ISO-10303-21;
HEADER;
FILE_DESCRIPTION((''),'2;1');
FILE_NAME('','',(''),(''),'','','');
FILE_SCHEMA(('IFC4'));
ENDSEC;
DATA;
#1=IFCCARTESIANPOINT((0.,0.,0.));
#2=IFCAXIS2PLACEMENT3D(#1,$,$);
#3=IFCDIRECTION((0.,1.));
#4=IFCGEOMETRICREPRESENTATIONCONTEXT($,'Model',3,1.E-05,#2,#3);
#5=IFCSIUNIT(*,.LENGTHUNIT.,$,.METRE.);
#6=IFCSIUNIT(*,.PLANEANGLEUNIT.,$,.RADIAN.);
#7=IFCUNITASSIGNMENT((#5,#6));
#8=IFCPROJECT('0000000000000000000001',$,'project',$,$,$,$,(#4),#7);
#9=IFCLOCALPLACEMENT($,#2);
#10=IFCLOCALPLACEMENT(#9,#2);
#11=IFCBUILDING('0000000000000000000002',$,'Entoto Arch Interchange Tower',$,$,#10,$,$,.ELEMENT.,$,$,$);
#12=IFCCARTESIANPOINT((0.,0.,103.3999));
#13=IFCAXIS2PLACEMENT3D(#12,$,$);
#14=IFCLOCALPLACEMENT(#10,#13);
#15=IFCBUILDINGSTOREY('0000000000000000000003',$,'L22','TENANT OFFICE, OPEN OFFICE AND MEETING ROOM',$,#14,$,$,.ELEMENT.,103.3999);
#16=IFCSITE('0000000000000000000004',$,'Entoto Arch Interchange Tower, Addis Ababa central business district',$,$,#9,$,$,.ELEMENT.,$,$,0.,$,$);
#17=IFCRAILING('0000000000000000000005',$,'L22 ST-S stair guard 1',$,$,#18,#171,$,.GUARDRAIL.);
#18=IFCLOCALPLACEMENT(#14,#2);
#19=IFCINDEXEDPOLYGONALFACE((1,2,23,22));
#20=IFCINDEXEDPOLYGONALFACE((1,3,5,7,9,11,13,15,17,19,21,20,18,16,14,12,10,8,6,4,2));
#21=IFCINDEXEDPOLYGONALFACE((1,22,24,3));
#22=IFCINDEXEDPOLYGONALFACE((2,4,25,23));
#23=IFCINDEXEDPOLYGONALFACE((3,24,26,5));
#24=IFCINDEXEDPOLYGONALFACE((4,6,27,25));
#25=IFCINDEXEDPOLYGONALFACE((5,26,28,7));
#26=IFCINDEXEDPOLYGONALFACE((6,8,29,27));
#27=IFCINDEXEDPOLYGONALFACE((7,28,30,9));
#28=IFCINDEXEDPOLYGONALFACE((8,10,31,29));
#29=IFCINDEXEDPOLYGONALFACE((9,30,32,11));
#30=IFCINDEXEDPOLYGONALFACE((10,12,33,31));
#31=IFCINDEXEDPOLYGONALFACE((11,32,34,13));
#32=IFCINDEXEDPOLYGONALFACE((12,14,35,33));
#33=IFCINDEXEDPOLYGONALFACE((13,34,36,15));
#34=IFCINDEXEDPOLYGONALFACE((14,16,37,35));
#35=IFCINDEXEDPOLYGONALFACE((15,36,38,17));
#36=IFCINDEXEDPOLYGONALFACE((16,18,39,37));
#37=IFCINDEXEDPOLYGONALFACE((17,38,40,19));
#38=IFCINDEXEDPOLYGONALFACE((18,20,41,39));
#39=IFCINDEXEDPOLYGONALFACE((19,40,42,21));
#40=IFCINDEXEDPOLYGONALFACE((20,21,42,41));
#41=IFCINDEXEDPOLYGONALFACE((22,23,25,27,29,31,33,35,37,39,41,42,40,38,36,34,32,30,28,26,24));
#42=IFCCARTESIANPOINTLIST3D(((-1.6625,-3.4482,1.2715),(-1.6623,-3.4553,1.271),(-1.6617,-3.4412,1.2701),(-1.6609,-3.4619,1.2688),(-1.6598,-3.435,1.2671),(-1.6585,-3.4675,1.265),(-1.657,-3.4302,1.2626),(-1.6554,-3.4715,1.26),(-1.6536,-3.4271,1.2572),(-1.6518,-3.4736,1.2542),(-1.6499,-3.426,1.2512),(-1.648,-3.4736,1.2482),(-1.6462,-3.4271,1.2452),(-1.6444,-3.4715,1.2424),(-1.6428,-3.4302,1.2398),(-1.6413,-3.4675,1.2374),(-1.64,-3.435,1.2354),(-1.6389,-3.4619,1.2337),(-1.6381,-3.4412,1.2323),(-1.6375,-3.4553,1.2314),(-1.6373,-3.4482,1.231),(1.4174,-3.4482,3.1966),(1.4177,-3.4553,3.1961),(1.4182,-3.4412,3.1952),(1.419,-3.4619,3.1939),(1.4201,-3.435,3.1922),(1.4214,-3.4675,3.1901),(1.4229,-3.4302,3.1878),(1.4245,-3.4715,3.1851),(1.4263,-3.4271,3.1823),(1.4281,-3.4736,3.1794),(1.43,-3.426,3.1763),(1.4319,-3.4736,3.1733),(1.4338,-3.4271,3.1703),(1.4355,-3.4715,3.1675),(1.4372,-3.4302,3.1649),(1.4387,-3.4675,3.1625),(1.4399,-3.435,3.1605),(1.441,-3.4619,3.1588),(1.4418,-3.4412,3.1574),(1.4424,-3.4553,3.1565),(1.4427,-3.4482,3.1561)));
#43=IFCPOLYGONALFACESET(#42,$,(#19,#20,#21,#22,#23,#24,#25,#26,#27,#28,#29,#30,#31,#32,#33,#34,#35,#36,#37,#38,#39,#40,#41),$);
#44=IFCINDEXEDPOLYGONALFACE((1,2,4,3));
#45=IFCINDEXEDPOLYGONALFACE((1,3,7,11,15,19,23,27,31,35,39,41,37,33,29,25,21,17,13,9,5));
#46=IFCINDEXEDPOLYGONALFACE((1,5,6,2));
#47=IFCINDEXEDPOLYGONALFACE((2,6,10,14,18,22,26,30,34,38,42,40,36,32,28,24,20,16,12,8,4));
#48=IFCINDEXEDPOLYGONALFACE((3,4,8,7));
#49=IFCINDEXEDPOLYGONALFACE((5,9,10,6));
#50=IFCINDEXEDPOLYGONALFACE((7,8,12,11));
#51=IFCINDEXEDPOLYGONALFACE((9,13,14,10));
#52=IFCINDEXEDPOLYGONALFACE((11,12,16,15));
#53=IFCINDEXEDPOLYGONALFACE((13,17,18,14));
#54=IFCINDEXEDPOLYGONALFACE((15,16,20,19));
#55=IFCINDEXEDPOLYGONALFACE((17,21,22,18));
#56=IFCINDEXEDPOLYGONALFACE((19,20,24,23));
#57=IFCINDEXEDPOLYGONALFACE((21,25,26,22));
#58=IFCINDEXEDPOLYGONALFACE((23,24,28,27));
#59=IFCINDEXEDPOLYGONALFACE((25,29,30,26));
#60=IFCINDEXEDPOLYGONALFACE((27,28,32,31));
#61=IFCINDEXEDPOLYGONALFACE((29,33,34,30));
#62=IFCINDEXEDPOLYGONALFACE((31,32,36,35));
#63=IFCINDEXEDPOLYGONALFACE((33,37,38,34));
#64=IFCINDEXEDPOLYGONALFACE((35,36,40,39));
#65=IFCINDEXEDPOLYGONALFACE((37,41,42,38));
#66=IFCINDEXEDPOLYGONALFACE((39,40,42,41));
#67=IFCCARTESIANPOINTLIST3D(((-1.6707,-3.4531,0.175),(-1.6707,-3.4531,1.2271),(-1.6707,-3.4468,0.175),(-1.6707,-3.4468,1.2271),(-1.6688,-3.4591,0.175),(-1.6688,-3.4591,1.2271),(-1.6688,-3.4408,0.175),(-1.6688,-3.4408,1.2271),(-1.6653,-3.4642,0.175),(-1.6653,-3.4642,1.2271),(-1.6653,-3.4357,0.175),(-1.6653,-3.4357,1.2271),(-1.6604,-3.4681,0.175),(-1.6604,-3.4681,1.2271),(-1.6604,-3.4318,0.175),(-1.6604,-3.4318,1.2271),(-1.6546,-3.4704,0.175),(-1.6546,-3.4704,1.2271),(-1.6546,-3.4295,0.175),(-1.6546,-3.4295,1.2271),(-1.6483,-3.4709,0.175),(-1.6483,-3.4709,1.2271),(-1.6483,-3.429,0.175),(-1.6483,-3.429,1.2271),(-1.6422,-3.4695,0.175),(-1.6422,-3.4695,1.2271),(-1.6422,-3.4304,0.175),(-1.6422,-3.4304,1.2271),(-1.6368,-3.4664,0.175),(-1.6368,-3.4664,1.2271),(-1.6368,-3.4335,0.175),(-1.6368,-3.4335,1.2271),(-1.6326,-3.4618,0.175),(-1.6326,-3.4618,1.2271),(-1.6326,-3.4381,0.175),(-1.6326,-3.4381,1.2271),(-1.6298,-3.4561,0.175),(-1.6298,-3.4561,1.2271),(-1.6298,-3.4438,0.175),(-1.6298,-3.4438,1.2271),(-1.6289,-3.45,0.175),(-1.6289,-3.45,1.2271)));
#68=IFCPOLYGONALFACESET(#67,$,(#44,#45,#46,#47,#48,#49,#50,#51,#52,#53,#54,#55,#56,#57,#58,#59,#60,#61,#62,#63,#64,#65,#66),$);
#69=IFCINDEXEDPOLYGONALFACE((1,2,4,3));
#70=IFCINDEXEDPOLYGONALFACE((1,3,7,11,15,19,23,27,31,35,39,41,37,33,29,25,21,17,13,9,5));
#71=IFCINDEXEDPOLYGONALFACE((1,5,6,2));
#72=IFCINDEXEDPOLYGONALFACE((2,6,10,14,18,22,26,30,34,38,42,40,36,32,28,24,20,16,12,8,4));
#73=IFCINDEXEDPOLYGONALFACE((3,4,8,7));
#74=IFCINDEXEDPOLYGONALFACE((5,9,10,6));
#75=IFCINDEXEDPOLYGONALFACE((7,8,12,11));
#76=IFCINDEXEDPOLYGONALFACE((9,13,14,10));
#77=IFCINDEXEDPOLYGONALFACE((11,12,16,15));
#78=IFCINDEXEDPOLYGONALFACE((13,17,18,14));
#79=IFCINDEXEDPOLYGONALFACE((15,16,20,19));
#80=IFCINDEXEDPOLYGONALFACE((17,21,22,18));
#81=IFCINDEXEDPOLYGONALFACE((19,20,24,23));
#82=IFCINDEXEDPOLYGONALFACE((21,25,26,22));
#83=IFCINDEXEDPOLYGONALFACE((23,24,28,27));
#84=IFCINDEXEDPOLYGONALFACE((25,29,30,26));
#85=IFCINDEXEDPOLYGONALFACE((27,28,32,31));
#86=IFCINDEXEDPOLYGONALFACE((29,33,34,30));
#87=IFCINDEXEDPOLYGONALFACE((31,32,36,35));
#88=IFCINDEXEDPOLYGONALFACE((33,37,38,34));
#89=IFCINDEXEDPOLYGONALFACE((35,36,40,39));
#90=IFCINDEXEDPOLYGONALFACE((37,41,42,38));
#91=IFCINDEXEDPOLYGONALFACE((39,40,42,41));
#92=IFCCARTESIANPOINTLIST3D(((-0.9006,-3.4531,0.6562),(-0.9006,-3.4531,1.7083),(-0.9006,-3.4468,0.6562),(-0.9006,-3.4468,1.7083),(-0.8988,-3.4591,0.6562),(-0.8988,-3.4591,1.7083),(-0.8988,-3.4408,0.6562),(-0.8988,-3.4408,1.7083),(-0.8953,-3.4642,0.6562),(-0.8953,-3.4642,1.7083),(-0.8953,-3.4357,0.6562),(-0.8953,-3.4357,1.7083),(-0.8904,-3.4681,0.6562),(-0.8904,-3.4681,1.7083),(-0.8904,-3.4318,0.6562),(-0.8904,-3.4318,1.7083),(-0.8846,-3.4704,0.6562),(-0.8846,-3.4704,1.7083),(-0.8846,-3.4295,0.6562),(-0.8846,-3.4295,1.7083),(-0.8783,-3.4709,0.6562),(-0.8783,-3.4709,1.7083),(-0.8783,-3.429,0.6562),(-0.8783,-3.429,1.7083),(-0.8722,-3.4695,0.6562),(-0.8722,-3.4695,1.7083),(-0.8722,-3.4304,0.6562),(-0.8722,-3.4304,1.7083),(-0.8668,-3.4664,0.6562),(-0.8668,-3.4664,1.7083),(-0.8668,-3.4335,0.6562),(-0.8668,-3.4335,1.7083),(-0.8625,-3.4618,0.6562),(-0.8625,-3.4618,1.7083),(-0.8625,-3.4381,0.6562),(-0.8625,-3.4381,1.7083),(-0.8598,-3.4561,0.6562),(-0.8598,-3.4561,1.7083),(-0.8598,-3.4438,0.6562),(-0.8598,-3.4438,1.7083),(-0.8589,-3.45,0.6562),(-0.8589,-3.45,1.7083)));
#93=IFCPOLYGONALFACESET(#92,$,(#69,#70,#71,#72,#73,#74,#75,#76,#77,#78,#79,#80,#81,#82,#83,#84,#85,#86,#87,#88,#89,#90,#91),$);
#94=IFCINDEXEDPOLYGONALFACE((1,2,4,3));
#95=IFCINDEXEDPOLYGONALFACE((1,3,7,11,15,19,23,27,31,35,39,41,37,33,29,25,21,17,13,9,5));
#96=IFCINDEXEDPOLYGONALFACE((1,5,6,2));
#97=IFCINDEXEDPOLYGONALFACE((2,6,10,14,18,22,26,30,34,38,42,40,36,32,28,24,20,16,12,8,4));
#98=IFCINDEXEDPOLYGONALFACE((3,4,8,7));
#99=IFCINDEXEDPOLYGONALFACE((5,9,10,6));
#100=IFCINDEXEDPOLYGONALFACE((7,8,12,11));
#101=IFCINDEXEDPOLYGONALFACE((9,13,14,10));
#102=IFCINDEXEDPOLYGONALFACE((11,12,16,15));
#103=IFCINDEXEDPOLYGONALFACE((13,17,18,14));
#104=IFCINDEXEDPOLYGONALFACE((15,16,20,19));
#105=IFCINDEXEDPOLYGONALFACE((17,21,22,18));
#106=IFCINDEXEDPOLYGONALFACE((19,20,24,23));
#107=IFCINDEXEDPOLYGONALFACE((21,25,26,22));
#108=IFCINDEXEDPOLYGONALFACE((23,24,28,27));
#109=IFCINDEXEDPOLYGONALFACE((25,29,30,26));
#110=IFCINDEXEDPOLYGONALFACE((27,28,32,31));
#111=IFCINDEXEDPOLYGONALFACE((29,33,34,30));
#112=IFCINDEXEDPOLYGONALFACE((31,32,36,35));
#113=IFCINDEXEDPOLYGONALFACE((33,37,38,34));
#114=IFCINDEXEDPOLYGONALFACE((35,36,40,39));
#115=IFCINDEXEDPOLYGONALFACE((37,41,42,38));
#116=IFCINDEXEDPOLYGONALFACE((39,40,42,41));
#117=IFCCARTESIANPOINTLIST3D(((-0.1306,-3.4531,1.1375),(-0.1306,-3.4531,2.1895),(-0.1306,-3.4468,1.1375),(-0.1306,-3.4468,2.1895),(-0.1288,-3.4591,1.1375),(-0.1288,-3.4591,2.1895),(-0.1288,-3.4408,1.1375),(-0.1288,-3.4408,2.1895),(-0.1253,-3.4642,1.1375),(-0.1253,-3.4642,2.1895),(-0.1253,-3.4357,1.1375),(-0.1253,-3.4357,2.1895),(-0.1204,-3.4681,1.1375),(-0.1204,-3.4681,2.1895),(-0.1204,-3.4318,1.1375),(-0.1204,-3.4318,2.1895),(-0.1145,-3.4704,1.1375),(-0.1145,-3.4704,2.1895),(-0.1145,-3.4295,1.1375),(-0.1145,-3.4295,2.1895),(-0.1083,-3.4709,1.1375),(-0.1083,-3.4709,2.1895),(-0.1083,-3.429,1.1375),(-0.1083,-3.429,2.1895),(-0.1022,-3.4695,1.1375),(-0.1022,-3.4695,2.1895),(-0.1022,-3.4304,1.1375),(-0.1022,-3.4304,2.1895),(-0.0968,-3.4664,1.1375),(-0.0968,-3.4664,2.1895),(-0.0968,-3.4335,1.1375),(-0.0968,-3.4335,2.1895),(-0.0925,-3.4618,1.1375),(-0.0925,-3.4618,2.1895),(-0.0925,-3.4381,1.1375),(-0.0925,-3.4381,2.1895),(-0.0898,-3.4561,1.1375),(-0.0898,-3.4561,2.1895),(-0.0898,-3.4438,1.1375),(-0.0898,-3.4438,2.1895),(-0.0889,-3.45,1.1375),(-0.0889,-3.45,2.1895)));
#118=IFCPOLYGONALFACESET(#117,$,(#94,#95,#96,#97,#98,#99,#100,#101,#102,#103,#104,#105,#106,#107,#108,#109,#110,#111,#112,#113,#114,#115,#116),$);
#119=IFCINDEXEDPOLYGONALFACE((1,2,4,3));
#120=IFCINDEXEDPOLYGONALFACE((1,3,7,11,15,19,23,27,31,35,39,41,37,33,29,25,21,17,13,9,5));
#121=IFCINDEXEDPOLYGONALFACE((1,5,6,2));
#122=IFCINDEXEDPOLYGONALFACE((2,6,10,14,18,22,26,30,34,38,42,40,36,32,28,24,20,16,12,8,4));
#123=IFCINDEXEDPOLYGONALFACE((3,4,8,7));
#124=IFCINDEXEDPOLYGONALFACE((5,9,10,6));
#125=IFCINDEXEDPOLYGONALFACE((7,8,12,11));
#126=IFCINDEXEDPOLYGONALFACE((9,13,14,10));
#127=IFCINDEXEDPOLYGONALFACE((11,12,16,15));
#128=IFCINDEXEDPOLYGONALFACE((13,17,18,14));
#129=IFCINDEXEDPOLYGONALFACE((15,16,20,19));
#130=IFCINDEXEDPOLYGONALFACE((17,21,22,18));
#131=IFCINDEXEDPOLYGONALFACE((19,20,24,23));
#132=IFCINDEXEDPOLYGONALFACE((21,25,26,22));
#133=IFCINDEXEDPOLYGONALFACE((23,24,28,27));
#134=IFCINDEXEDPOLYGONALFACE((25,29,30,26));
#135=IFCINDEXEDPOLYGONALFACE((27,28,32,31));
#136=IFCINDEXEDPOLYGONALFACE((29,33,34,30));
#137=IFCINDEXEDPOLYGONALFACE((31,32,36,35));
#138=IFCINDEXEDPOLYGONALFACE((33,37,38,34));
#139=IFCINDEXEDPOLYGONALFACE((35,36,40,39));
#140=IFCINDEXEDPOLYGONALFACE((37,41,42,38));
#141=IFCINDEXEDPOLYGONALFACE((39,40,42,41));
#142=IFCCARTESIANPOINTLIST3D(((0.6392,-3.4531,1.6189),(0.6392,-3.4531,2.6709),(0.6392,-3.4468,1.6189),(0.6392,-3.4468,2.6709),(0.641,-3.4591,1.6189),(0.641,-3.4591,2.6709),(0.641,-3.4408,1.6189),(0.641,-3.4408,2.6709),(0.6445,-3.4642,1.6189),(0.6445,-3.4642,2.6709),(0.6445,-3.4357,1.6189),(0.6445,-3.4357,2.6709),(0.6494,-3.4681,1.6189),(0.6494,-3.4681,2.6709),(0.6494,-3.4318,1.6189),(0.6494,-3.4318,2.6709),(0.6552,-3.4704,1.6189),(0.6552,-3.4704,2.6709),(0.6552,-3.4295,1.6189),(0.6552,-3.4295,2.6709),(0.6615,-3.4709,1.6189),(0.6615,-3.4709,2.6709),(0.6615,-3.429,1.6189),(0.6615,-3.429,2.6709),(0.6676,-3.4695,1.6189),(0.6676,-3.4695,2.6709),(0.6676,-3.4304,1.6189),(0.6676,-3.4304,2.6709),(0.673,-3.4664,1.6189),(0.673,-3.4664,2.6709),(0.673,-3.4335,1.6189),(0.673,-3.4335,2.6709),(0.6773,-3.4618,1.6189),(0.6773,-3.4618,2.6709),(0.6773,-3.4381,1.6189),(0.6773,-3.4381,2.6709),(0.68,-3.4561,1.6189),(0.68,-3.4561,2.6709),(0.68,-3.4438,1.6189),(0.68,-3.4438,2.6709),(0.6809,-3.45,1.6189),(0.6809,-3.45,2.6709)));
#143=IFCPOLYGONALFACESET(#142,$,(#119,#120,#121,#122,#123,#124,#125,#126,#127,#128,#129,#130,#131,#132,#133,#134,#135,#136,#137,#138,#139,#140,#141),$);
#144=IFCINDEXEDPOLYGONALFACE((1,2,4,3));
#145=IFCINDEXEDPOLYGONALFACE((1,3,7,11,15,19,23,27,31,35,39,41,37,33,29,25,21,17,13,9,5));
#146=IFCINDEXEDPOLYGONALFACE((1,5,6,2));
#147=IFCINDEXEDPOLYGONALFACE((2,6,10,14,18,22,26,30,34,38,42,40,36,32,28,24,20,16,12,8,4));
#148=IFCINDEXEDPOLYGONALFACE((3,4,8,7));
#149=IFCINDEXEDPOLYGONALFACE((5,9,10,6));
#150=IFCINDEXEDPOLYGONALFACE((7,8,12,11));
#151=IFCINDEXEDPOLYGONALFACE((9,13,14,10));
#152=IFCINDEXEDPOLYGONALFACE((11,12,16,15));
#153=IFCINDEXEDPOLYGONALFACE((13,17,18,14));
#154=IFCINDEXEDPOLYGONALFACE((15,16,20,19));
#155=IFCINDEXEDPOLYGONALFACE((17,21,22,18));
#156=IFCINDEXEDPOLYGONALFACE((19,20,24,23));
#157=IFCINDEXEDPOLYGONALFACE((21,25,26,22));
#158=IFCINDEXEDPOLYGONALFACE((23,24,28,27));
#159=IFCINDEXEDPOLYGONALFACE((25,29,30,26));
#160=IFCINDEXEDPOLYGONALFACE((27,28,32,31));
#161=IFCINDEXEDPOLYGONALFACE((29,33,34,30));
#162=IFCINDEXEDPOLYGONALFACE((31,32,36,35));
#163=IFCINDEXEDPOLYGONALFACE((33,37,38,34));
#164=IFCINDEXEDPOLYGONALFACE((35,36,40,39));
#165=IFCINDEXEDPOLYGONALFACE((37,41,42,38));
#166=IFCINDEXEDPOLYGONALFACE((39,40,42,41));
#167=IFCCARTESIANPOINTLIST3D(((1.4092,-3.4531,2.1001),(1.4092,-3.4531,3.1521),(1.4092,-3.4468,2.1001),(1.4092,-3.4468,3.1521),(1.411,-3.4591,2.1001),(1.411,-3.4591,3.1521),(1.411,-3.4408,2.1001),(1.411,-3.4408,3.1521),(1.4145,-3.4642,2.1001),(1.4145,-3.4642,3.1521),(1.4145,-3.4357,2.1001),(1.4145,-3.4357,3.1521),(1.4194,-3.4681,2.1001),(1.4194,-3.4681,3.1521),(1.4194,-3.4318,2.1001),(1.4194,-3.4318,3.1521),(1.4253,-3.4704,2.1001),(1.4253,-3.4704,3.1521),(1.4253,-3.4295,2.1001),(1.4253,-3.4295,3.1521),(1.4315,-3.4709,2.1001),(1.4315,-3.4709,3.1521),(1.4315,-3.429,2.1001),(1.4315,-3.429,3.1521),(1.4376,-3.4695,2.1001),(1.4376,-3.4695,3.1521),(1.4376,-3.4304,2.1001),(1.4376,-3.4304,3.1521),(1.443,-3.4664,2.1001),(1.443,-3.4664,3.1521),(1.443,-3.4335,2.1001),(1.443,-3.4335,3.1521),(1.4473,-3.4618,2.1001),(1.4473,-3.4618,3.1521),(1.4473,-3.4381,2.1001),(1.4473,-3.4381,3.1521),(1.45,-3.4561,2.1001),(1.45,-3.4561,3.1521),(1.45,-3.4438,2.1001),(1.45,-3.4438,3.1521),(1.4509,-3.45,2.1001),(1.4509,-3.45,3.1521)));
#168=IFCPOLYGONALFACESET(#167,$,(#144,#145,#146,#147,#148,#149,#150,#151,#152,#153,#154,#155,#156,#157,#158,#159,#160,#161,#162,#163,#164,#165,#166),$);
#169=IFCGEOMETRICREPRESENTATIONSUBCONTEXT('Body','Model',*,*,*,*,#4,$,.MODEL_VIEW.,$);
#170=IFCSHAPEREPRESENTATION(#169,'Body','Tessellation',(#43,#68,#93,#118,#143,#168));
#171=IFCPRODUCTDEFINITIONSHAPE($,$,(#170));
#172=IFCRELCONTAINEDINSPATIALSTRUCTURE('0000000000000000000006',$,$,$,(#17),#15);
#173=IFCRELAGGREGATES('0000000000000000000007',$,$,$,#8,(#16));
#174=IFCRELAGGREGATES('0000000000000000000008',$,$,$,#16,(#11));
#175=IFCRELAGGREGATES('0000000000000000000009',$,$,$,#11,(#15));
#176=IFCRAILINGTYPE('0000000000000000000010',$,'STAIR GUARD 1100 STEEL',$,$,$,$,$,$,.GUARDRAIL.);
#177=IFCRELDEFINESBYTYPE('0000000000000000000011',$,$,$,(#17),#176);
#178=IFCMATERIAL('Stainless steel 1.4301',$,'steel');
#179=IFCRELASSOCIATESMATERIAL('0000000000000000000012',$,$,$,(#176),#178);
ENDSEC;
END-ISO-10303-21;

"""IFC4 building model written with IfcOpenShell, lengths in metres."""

from ifc_helpers import new_model, si_unit, direction, frame, origin, origin_2d, place, context, subcontext, project, spatial, circle, extrude, material, type_object, element, save


model = new_model("IFC4")

# Units and contexts
model_context = context("Model", 3, precision=1e-05, world=origin(), true_north=direction((0.0, 1.0)))
body_context = subcontext(model_context, "Body", "Model", "MODEL_VIEW")
ifc_project = project(units=[si_unit("LENGTHUNIT", "METRE"), si_unit("PLANEANGLEUNIT", "RADIAN")], contexts=[model_context])

# Site, building, storey
site_placement = place(None, origin())
site = spatial("IfcSite", under=ifc_project, at=site_placement, Name="Entoto Arch Interchange Tower, Addis Ababa central business district", CompositionType="ELEMENT", RefElevation=0.0)
building_placement = place(site_placement, origin())
building = spatial("IfcBuilding", under=site, at=building_placement, Name="Entoto Arch Interchange Tower", CompositionType="ELEMENT")
storey_placement = place(building_placement, frame((0.0, 0.0, 103.3999)))
storey = spatial("IfcBuildingStorey", under=building, at=storey_placement, Name="L22", Description="TENANT OFFICE, OPEN OFFICE AND MEETING ROOM", CompositionType="ELEMENT", Elevation=103.3999)

# Railing
ifc_material_1 = material(Name="Stainless steel 1.4301", Category="steel")
railing_type_1 = type_object("IfcRailingType", Name="STAIR GUARD 1100 STEEL", PredefinedType="GUARDRAIL", material=ifc_material_1)
railing_1_placement = place(storey_placement, frame((-1.6499, -3.45, 0.175)))
element("IfcRailing", 1, at=railing_1_placement, inside=storey, type_object=railing_type_1, Name="L22 ST-S stair guard 1", PredefinedType="GUARDRAIL", context=body_context, shape_type="SweptSolid", body=[
    extrude(circle(Radius=0.0239, at=origin_2d()), frame((0.0, 0.0, 1.0762), z_axis=(0.847979, 0.0, 0.530029), x_axis=(0.0, 1.0, 0.0)), (0.0, 0.0, 1.0), 3.6321),
    extrude(circle(Radius=0.021, at=origin_2d()), origin(), (0.0, 0.0, 1.0), 1.052),
    extrude(circle(Radius=0.021, at=origin_2d()), frame((0.77, 0.0, 0.4812)), (0.0, 0.0, 1.0), 1.052),
    extrude(circle(Radius=0.021, at=origin_2d()), frame((1.54, 0.0, 0.9624)), (0.0, 0.0, 1.0), 1.052),
    extrude(circle(Radius=0.021, at=origin_2d()), frame((2.3098, 0.0, 1.4438)), (0.0, 0.0, 1.0), 1.052),
    extrude(circle(Radius=0.021, at=origin_2d()), frame((3.0798, 0.0, 1.925)), (0.0, 0.0, 1.0), 1.052),
])

save(model, "model.ifc")
